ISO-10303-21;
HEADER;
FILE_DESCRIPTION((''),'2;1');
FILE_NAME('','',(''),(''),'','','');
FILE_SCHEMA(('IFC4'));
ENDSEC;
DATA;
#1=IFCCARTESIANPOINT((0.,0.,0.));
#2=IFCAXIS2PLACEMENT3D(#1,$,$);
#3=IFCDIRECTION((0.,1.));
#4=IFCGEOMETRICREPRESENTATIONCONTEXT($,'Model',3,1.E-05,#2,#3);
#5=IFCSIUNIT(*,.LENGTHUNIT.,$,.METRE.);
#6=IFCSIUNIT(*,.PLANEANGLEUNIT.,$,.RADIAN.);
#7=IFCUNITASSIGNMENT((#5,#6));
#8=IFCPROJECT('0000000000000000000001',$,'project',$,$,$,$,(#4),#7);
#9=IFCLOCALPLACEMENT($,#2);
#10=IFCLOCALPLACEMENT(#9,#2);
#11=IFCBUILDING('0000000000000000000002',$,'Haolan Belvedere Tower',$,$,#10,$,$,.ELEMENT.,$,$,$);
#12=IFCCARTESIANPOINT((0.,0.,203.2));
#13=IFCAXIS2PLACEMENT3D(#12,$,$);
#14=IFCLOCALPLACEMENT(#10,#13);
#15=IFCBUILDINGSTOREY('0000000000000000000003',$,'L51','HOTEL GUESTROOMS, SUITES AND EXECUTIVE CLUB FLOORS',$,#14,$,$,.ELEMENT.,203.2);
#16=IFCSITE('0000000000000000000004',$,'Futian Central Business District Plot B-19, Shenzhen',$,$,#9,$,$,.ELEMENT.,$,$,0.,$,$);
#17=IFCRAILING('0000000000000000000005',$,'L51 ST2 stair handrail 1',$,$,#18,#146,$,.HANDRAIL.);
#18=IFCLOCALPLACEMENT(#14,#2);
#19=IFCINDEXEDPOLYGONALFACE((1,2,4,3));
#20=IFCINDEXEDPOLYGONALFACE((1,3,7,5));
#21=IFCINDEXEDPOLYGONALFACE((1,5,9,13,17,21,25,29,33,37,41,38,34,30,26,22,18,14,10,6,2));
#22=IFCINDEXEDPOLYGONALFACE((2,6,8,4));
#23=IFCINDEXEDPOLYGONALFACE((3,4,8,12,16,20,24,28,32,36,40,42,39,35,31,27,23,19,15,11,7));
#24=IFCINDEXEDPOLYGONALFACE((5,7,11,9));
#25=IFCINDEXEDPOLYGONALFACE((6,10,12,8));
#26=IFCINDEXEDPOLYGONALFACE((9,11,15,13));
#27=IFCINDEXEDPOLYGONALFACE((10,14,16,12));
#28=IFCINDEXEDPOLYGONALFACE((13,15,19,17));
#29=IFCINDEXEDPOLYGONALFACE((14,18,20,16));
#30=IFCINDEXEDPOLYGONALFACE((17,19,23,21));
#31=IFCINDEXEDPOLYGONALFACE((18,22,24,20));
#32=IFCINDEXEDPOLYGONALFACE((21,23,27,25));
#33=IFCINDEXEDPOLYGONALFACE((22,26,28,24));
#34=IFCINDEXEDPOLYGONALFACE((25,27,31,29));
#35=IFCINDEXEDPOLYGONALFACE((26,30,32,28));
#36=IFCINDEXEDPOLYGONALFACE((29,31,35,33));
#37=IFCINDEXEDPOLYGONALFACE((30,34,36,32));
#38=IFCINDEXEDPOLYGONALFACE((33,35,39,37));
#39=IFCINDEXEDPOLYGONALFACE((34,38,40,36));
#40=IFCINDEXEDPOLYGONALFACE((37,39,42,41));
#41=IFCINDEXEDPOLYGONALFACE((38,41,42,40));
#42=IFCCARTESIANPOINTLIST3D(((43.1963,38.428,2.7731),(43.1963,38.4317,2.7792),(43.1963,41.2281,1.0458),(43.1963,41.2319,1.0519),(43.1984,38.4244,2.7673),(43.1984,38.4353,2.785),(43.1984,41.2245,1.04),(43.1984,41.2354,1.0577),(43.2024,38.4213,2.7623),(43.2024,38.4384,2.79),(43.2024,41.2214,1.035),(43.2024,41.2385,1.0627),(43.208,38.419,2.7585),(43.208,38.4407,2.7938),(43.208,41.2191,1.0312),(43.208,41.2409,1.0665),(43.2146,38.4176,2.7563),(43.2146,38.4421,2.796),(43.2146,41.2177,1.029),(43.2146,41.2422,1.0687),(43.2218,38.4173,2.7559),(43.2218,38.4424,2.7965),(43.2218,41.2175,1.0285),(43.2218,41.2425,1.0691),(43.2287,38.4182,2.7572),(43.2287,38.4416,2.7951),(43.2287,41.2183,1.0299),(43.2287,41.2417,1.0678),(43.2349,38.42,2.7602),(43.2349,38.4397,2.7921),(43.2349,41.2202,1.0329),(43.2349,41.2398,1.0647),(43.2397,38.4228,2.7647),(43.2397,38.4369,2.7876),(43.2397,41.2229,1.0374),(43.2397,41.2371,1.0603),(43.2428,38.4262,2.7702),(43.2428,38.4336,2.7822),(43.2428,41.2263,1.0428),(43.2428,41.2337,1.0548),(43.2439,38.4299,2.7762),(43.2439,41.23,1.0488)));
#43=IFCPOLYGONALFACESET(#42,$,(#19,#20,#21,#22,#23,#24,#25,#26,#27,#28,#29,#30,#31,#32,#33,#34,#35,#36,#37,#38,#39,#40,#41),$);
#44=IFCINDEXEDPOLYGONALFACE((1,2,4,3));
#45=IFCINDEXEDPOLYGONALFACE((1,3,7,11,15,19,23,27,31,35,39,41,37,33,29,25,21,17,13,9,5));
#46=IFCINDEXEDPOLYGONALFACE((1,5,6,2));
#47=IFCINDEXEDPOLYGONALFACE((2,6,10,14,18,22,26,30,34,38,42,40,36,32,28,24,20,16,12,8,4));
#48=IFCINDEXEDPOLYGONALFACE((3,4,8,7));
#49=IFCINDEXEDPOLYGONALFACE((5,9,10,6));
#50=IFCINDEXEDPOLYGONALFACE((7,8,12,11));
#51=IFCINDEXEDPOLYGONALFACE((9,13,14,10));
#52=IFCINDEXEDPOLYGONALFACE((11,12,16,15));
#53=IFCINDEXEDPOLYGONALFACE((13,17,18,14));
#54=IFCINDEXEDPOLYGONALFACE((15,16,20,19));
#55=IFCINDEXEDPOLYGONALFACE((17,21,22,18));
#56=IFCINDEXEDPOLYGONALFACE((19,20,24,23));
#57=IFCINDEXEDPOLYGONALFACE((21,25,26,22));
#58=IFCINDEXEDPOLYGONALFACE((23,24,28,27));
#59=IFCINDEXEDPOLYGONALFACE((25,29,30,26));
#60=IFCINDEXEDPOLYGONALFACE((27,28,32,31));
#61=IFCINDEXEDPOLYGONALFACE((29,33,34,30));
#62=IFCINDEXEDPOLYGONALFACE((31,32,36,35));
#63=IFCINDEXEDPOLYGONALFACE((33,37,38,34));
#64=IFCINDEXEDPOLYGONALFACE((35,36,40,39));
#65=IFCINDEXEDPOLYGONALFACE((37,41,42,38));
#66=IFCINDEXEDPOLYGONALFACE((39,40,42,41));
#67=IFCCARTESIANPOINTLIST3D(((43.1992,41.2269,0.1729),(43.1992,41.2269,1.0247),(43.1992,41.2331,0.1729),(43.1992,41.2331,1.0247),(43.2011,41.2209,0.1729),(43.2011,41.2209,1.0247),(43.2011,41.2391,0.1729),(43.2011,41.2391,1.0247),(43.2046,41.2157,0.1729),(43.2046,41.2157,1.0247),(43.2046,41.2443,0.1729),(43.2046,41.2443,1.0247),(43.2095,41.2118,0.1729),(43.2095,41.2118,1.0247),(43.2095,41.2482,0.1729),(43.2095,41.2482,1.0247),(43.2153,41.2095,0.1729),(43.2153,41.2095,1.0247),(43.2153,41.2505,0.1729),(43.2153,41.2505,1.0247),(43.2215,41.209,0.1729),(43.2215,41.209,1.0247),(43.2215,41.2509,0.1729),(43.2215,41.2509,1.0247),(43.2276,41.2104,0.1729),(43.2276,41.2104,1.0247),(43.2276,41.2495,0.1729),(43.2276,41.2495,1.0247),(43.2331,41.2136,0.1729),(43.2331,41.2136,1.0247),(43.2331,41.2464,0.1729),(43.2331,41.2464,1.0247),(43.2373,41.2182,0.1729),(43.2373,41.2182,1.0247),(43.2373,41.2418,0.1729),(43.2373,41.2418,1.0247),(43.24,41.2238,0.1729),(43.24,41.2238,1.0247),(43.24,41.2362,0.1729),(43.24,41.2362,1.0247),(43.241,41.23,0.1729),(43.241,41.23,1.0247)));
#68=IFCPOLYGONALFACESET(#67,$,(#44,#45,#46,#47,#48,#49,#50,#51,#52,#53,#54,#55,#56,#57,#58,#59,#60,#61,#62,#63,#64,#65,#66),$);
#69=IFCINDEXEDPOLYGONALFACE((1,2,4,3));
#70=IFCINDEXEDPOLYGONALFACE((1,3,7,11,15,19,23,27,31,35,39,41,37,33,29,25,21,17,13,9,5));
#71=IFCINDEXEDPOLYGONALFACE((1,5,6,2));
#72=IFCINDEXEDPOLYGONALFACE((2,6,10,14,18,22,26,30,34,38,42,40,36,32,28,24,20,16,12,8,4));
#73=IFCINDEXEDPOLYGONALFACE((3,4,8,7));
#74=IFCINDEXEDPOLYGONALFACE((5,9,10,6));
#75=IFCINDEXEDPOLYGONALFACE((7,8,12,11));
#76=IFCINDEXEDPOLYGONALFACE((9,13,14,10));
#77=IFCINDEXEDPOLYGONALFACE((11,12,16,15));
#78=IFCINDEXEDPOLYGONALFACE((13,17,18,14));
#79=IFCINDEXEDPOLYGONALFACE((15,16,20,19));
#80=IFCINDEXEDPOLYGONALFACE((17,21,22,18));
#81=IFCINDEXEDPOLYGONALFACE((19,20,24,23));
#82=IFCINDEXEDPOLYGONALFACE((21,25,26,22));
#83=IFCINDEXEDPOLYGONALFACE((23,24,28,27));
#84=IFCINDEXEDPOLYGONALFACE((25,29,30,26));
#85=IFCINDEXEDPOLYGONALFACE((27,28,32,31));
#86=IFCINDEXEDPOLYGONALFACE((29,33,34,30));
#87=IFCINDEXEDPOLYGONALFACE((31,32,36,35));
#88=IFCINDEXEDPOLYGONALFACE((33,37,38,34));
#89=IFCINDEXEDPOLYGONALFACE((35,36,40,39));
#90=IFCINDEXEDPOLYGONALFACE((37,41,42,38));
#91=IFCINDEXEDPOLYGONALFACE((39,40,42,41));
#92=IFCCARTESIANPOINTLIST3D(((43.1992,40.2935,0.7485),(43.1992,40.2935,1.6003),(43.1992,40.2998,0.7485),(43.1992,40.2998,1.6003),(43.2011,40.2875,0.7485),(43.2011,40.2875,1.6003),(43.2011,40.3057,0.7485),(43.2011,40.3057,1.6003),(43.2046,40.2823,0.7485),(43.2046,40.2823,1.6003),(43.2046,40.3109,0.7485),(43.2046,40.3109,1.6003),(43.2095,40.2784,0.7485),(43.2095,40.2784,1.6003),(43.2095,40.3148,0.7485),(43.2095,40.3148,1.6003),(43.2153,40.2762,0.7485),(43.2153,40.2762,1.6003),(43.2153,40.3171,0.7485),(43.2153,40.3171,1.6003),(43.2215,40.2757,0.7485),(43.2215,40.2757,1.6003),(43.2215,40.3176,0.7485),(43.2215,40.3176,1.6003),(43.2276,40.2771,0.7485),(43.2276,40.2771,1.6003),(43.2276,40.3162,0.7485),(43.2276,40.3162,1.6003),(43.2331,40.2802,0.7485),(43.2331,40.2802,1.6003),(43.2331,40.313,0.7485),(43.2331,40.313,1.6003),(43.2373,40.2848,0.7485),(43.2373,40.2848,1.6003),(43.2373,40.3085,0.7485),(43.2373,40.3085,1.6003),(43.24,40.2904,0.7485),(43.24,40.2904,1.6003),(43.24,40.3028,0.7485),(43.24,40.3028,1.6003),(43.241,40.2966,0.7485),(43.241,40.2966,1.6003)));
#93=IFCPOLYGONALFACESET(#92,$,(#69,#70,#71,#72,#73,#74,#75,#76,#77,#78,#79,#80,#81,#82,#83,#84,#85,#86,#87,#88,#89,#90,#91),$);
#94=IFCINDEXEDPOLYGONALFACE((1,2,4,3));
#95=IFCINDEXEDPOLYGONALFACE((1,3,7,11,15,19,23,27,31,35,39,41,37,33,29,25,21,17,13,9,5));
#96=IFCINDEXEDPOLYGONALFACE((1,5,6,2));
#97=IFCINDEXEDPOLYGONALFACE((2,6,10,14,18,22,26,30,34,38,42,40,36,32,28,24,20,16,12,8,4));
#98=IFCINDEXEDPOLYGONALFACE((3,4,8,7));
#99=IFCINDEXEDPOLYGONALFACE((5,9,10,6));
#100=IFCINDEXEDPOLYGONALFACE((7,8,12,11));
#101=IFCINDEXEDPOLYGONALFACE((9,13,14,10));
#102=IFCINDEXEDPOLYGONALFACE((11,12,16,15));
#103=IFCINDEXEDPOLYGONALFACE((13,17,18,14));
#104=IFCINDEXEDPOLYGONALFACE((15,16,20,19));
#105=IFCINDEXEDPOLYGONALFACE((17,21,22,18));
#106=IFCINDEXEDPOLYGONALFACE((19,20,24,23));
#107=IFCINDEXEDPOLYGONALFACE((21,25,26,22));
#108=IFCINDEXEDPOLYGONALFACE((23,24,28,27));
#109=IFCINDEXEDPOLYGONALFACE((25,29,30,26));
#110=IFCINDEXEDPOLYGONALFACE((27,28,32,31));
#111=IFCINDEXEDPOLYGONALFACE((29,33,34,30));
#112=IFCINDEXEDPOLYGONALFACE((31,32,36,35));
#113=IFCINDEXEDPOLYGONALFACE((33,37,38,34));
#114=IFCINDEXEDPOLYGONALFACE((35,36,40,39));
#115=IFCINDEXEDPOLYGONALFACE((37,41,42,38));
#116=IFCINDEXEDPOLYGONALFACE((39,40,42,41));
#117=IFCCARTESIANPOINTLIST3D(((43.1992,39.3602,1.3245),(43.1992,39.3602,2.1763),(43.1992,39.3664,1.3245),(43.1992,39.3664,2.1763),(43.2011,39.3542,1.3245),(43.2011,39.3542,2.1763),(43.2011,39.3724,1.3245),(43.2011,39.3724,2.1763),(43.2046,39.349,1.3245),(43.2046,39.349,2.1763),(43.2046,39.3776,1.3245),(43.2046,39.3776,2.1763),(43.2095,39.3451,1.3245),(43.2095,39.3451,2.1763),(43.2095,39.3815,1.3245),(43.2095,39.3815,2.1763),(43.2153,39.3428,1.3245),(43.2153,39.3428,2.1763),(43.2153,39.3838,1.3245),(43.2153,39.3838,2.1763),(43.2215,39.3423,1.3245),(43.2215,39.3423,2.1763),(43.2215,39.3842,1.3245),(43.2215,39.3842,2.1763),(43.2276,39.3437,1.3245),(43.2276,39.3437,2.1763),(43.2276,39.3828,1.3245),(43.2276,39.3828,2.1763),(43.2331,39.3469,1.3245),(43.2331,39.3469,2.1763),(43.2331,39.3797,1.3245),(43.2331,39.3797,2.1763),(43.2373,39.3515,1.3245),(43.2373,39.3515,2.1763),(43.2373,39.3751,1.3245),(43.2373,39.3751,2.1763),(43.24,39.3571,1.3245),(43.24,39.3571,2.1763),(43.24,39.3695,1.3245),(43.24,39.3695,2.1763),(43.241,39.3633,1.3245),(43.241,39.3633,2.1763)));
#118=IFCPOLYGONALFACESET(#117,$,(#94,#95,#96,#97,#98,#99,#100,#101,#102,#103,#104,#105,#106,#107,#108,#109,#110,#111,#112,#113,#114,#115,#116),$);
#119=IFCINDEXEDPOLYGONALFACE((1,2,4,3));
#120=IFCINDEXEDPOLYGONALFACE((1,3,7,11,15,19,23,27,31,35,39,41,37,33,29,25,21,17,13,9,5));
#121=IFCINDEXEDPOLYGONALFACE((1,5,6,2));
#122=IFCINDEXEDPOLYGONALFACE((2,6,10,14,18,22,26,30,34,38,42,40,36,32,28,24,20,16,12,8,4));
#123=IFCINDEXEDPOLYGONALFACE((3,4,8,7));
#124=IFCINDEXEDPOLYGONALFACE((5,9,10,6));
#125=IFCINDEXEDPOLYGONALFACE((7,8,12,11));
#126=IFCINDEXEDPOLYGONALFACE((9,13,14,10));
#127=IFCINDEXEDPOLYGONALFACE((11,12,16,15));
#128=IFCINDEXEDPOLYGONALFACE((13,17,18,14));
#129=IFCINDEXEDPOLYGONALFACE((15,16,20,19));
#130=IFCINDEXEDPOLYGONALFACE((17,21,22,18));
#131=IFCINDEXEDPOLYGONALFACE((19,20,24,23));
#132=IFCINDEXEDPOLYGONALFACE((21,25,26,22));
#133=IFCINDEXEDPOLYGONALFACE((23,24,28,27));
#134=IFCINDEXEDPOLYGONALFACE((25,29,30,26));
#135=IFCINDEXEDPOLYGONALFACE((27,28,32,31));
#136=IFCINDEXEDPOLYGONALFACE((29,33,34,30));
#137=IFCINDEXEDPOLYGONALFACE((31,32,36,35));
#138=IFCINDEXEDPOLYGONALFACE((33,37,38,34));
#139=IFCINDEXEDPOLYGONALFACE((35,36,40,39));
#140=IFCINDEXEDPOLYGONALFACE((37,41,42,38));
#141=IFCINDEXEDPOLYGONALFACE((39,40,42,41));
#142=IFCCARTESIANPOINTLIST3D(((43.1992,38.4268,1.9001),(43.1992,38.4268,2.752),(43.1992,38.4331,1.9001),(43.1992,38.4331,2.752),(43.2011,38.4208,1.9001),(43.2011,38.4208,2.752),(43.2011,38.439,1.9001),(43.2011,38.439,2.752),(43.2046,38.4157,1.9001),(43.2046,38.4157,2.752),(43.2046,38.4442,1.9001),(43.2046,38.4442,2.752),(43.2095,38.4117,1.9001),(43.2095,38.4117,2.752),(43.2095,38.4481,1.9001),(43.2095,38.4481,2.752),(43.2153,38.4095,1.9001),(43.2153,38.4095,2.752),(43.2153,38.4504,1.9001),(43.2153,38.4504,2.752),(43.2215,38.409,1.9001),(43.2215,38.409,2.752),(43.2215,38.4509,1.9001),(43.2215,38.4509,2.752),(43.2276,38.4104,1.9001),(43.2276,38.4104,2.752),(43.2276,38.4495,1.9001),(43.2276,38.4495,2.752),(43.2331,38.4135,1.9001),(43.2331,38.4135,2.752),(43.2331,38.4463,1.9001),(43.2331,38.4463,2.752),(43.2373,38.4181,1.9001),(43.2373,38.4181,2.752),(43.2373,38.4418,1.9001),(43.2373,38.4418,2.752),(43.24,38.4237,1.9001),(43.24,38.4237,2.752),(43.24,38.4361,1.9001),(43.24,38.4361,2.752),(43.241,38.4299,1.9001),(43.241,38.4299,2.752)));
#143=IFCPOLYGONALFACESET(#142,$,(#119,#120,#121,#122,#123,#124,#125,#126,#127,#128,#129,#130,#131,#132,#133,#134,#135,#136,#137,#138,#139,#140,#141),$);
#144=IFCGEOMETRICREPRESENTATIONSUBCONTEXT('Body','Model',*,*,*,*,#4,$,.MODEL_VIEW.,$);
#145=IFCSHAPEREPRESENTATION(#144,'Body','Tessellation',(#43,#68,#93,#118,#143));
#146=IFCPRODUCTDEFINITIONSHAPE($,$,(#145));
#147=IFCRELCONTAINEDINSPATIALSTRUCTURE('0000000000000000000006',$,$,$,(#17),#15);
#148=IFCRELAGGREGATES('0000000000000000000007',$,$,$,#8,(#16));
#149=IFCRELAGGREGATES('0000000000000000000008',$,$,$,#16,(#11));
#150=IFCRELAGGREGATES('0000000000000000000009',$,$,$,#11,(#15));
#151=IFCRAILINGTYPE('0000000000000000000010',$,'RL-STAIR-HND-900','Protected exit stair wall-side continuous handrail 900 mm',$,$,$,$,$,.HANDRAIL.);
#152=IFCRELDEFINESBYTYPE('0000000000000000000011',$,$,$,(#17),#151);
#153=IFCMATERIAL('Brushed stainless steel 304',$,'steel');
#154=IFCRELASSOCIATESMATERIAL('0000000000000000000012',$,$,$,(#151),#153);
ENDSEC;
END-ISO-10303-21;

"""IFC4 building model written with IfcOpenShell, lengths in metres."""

from ifc_helpers import new_model, si_unit, direction, frame, origin, origin_2d, place, context, subcontext, project, spatial, circle, extrude, material, type_object, element, save


model = new_model("IFC4")

# Units and contexts
model_context = context("Model", 3, precision=1e-05, world=origin(), true_north=direction((0.0, 1.0)))
body_context = subcontext(model_context, "Body", "Model", "MODEL_VIEW")
ifc_project = project(units=[si_unit("LENGTHUNIT", "METRE"), si_unit("PLANEANGLEUNIT", "RADIAN")], contexts=[model_context])

# Site, building, storey
site_placement = place(None, origin())
site = spatial("IfcSite", under=ifc_project, at=site_placement, Name="Futian Central Business District Plot B-19, Shenzhen", CompositionType="ELEMENT", RefElevation=0.0)
building_placement = place(site_placement, origin())
building = spatial("IfcBuilding", under=site, at=building_placement, Name="Haolan Belvedere Tower", CompositionType="ELEMENT")
storey_placement = place(building_placement, frame((0.0, 0.0, 203.2)))
storey = spatial("IfcBuildingStorey", under=building, at=storey_placement, Name="L51", Description="HOTEL GUESTROOMS, SUITES AND EXECUTIVE CLUB FLOORS", CompositionType="ELEMENT", Elevation=203.2)

# Railing
ifc_material_1 = material(Name="Brushed stainless steel 304", Category="steel")
railing_type_1 = type_object("IfcRailingType", Name="RL-STAIR-HND-900", Description="Protected exit stair wall-side continuous handrail 900 mm", PredefinedType="HANDRAIL", material=ifc_material_1)
railing_1_placement = place(storey_placement, frame((43.22, 41.23, 0.1729)))
element("IfcRailing", 1, at=railing_1_placement, inside=storey, type_object=railing_type_1, Name="L51 ST2 stair handrail 1", PredefinedType="HANDRAIL", context=body_context, shape_type="SweptSolid", body=[
    extrude(circle(Radius=0.0239, at=origin_2d()), frame((0.0, 0.0, 0.876), z_axis=(0.0, -0.85109, 0.52502), x_axis=(1.0, 0.0, 0.0)), (0.0, 0.0, 1.0), 3.29),
    extrude(circle(Radius=0.021, at=origin_2d()), origin(), (0.0, 0.0, 1.0), 0.8518),
    extrude(circle(Radius=0.021, at=origin_2d()), frame((0.0, -0.9333, 0.5757)), (0.0, 0.0, 1.0), 0.8518),
    extrude(circle(Radius=0.021, at=origin_2d()), frame((0.0, -1.8667, 1.1516)), (0.0, 0.0, 1.0), 0.8518),
    extrude(circle(Radius=0.021, at=origin_2d()), frame((0.0, -2.8, 1.7273)), (0.0, 0.0, 1.0), 0.8518),
])

save(model, "model.ifc")
